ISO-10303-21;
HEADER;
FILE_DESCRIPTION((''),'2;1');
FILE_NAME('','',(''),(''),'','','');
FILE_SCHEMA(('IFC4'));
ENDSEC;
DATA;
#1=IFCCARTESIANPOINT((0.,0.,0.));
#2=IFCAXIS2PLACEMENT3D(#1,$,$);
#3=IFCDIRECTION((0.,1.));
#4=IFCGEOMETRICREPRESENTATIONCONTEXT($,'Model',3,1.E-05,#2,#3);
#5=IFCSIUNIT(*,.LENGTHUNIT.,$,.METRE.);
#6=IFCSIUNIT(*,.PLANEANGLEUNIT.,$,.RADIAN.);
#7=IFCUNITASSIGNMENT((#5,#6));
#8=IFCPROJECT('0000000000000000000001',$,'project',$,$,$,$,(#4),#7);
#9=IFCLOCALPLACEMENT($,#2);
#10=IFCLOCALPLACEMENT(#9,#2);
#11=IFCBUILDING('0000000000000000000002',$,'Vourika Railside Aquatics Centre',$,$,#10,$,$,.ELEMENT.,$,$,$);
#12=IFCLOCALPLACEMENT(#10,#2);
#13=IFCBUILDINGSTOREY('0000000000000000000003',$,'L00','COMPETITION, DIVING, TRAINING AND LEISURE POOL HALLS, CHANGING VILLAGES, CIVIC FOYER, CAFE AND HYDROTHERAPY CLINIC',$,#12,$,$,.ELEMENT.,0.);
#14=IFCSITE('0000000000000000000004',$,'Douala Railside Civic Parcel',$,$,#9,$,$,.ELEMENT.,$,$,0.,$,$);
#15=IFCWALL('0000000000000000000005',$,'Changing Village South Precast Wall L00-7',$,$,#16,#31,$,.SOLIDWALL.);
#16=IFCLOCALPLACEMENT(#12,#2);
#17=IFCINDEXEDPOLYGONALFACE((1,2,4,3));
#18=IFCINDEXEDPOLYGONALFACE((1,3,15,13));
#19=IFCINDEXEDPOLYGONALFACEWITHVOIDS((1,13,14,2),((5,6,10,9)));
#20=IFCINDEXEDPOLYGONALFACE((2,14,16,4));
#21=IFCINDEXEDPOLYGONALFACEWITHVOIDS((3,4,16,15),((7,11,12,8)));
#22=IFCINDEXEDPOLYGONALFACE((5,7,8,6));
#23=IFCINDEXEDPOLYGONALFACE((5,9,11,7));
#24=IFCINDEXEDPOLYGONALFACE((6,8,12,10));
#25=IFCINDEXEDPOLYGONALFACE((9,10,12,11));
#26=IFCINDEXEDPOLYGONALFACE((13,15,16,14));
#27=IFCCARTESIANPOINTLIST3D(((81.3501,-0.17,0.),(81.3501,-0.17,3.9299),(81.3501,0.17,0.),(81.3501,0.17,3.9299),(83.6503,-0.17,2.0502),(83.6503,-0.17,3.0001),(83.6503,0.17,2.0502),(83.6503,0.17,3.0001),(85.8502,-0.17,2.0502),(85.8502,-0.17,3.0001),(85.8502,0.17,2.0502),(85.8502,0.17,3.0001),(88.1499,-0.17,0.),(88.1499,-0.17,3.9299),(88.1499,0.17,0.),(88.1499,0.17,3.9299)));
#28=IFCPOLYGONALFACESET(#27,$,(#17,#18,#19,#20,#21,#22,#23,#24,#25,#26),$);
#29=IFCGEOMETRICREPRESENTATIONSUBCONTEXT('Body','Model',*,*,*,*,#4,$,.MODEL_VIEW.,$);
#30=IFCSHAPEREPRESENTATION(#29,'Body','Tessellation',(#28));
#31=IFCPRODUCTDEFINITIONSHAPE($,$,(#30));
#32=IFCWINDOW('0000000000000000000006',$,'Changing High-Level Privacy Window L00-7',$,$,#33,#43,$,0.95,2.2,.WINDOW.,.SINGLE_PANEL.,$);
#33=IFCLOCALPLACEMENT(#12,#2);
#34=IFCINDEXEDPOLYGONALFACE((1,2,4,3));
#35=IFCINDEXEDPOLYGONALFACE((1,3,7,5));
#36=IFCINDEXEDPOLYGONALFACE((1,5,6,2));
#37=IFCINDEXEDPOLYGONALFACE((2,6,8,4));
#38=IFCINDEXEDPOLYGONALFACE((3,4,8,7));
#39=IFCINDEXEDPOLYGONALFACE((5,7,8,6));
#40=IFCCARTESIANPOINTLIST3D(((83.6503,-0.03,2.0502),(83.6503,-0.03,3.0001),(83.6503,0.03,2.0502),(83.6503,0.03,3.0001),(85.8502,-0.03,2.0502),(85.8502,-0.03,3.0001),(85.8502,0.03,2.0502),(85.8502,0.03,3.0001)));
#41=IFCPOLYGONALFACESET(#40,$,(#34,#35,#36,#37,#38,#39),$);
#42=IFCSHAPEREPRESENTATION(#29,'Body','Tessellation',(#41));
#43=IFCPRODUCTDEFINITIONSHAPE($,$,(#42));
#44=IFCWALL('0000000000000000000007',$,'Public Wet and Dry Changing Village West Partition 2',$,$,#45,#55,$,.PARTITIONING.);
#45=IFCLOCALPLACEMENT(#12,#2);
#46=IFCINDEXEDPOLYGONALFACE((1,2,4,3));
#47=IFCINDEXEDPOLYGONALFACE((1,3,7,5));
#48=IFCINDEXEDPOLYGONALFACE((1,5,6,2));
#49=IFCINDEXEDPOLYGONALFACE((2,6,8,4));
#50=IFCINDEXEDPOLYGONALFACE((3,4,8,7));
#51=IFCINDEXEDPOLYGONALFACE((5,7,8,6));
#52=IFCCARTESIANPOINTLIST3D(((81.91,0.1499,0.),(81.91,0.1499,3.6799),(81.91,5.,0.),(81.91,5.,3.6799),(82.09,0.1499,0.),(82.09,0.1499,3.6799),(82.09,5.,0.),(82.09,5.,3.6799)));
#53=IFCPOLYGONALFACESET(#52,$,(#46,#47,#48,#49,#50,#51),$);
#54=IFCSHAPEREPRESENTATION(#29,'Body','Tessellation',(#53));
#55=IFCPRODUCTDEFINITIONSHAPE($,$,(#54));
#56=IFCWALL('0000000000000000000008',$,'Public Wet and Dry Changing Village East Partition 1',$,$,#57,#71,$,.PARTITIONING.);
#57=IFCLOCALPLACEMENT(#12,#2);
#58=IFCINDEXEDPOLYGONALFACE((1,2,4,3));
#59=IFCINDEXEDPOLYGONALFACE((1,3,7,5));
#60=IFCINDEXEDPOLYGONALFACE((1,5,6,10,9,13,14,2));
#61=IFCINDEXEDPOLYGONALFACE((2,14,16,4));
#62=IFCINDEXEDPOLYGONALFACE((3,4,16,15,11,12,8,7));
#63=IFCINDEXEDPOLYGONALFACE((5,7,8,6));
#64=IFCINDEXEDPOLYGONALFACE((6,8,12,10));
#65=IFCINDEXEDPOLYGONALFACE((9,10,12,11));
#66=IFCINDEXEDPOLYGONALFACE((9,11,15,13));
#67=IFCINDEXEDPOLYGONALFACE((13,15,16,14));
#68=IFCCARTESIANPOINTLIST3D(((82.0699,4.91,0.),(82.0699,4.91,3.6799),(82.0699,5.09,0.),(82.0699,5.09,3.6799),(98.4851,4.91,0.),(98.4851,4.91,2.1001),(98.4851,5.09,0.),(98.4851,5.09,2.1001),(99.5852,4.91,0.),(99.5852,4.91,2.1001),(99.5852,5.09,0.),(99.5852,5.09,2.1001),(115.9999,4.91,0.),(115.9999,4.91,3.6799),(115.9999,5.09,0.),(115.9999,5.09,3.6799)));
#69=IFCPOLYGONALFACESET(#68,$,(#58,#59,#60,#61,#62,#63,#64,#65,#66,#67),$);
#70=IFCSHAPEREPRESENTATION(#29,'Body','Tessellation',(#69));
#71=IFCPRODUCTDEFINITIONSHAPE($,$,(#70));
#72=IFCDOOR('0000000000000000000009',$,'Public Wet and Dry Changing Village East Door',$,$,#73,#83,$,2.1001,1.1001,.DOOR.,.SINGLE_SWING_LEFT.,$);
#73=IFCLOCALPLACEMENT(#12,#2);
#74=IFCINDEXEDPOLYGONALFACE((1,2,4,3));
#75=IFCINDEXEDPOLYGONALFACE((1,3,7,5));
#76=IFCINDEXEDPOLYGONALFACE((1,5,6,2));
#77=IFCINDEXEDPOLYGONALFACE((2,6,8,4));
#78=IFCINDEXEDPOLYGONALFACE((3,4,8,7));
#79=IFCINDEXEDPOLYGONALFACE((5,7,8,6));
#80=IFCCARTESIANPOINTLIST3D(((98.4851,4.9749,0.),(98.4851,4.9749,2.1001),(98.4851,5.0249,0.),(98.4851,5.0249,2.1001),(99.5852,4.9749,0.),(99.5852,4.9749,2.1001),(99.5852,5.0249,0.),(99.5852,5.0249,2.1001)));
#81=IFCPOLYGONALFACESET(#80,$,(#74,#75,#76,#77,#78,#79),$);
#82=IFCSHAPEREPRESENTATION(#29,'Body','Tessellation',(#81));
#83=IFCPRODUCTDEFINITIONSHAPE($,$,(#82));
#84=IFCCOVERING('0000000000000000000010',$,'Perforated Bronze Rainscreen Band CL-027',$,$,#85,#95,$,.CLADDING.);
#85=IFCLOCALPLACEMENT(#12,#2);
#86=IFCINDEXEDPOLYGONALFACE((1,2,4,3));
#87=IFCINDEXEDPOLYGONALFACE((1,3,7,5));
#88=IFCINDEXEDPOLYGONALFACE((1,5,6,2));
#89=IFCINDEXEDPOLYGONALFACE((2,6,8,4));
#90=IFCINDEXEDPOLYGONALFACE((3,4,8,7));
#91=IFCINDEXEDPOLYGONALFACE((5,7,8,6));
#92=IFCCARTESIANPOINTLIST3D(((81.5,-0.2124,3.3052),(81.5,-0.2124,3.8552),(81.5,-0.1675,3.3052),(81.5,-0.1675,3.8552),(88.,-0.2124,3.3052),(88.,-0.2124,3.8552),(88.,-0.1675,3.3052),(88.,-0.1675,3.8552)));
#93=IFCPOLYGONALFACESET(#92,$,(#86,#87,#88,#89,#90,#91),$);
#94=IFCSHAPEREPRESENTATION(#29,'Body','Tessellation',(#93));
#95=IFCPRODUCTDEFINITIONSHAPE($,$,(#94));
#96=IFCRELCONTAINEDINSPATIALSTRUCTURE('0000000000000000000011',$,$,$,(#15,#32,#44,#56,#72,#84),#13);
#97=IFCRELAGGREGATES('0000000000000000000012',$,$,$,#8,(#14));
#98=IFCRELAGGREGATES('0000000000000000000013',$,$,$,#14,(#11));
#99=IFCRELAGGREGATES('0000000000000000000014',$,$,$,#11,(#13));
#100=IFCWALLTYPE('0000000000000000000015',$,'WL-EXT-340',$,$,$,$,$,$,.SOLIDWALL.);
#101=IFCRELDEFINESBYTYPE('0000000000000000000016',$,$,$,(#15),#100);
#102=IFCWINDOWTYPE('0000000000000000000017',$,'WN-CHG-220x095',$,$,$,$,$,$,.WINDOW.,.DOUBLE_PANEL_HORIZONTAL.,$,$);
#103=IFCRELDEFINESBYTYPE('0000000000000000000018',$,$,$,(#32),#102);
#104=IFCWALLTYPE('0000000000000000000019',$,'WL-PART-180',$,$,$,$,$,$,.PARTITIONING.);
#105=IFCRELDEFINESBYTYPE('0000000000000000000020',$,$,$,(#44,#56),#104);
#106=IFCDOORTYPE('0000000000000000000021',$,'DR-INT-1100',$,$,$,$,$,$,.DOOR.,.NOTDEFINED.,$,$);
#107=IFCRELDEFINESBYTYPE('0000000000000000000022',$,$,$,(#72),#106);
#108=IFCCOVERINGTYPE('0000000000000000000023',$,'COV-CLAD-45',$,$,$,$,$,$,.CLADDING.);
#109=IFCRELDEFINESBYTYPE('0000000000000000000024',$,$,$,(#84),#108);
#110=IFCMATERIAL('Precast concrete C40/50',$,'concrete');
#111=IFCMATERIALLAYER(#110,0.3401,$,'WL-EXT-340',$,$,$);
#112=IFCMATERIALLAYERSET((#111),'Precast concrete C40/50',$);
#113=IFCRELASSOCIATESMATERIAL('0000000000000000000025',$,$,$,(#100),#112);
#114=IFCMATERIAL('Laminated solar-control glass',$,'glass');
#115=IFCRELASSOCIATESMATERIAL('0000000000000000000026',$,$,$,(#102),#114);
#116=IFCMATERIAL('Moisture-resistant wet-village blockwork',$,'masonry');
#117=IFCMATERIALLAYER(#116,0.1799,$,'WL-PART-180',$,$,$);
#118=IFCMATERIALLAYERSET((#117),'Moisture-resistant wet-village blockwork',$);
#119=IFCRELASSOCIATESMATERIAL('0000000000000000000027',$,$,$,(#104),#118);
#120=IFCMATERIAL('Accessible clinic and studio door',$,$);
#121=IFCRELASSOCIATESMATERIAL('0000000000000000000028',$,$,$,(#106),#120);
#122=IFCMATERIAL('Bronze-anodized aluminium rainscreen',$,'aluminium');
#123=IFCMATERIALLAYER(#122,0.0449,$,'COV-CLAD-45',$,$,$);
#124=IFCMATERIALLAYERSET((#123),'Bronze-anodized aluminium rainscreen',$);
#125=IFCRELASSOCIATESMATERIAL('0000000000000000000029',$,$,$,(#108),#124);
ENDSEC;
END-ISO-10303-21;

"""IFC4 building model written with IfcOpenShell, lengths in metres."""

from ifc_helpers import new_model, si_unit, direction, frame, frame_2d, origin, origin_2d, place, context, subcontext, project, spatial, rectangle, extrude, material, layer, layer_set, type_object, element, fill, save


model = new_model("IFC4")

# Units and contexts
model_context = context("Model", 3, precision=1e-05, world=origin(), true_north=direction((0.0, 1.0)))
body_context = subcontext(model_context, "Body", "Model", "MODEL_VIEW")
ifc_project = project(units=[si_unit("LENGTHUNIT", "METRE"), si_unit("PLANEANGLEUNIT", "RADIAN")], contexts=[model_context])

# Site, building, storey
site_placement = place(None, origin())
site = spatial("IfcSite", under=ifc_project, at=site_placement, Name="Douala Railside Civic Parcel", CompositionType="ELEMENT", RefElevation=0.0)
building_placement = place(site_placement, origin())
building = spatial("IfcBuilding", under=site, at=building_placement, Name="Vourika Railside Aquatics Centre", CompositionType="ELEMENT")
storey_placement = place(building_placement, origin())
storey = spatial("IfcBuildingStorey", under=building, at=storey_placement, Name="L00", Description="COMPETITION, DIVING, TRAINING AND LEISURE POOL HALLS, CHANGING VILLAGES, CIVIC FOYER, CAFE AND HYDROTHERAPY CLINIC", CompositionType="ELEMENT", Elevation=0.0)

# Wall, opening, window
ifc_material_1 = material(Name="Precast concrete C40/50", Category="concrete")
ifc_layer_1 = layer(ifc_material_1, 0.3401, Name="WL-EXT-340")
ifc_layer_set_1 = layer_set([ifc_layer_1], Name="Precast concrete C40/50")
wall_type_1 = type_object("IfcWallType", Name="WL-EXT-340", PredefinedType="SOLIDWALL", material=ifc_layer_set_1)
ifc_material_2 = material(Name="Laminated solar-control glass", Category="glass")
wall_1_placement = place(storey_placement, frame((81.3501, 0.0, 0.0), z_axis=(0.0, 0.0, 1.0), x_axis=(1.0, 0.0, 0.0)))
wall_1 = element("IfcWall", 1, at=wall_1_placement, inside=storey, type_object=wall_type_1, Name="Changing Village South Precast Wall L00-7", PredefinedType="SOLIDWALL", context=body_context, shape_type="SweptSolid", body=[
    extrude(rectangle(XDim=6.7998, YDim=0.3401, at=frame_2d((3.3999, 0.0))), origin(), (0.0, 0.0, 1.0), 3.9299),
])
opening_1_placement = place(wall_1_placement, frame((2.3, 0.0, 2.05)))
opening_1 = element("IfcOpeningElement", 2, at=opening_1_placement, cuts=wall_1, PredefinedType="OPENING", context=body_context, shape_type="SweptSolid", body=[
    extrude(rectangle(XDim=2.2, YDim=0.95, at=frame_2d((1.1001, 0.4751))), frame((0.0, 0.1802, 0.0), z_axis=(0.0, -1.0, 0.0), x_axis=(1.0, 0.0, 0.0)), (0.0, 0.0, 1.0), 0.3601),
])
window_type_1 = type_object("IfcWindowType", Name="WN-CHG-220x095", PartitioningType="DOUBLE_PANEL_HORIZONTAL", PredefinedType="WINDOW", material=ifc_material_2)
window_1_placement = place(opening_1_placement, origin())
window_1 = element("IfcWindow", 3, at=window_1_placement, inside=storey, type_object=window_type_1, Name="Changing High-Level Privacy Window L00-7", OverallHeight=0.95, OverallWidth=2.2, PartitioningType="SINGLE_PANEL", PredefinedType="WINDOW", context=body_context, shape_type="SweptSolid", body=[
    extrude(rectangle(XDim=2.2, YDim=0.95, at=frame_2d((1.1001, 0.4751))), frame((0.0, 0.03, 0.0), z_axis=(0.0, -1.0, 0.0), x_axis=(1.0, 0.0, 0.0)), (0.0, 0.0, 1.0), 0.0601),
])
fill(opening_1, window_1)

# Wall
ifc_material_3 = material(Name="Moisture-resistant wet-village blockwork", Category="masonry")
ifc_layer_2 = layer(ifc_material_3, 0.1799, Name="WL-PART-180")
ifc_layer_set_2 = layer_set([ifc_layer_2], Name="Moisture-resistant wet-village blockwork")
wall_type_2 = type_object("IfcWallType", Name="WL-PART-180", PredefinedType="PARTITIONING", material=ifc_layer_set_2)
wall_2_placement = place(storey_placement, frame((82.0, 5.0, 0.0), z_axis=(0.0, 0.0, 1.0), x_axis=(0.0, -1.0, 0.0)))
element("IfcWall", 4, at=wall_2_placement, inside=storey, type_object=wall_type_2, Name="Public Wet and Dry Changing Village West Partition 2", PredefinedType="PARTITIONING", context=body_context, shape_type="SweptSolid", body=[
    extrude(rectangle(XDim=4.8501, YDim=0.1799, at=frame_2d((2.425, 0.0))), origin(), (0.0, 0.0, 1.0), 3.6799),
])

# Wall, opening, door
wall_3_placement = place(storey_placement, frame((82.0701, 5.0, 0.0), z_axis=(0.0, 0.0, 1.0), x_axis=(1.0, 0.0, 0.0)))
wall_3 = element("IfcWall", 5, at=wall_3_placement, inside=storey, type_object=wall_type_2, Name="Public Wet and Dry Changing Village East Partition 1", PredefinedType="PARTITIONING", context=body_context, shape_type="SweptSolid", body=[
    extrude(rectangle(XDim=33.9299, YDim=0.1799, at=frame_2d((16.9648, 0.0))), origin(), (0.0, 0.0, 1.0), 3.6799),
])
opening_2_placement = place(wall_3_placement, frame((16.415, 0.0, 0.0)))
opening_2 = element("IfcOpeningElement", 6, at=opening_2_placement, cuts=wall_3, PredefinedType="OPENING", context=body_context, shape_type="SweptSolid", body=[
    extrude(rectangle(XDim=1.1001, YDim=2.1001, at=frame_2d((0.55, 1.05))), frame((0.0, 0.1001, 0.0), z_axis=(0.0, -1.0, 0.0), x_axis=(1.0, 0.0, 0.0)), (0.0, 0.0, 1.0), 0.2),
])
ifc_material_4 = material(Name="Accessible clinic and studio door")
door_type = type_object("IfcDoorType", Name="DR-INT-1100", OperationType="NOTDEFINED", PredefinedType="DOOR", material=ifc_material_4)
door_placement = place(opening_2_placement, origin())
door = element("IfcDoor", 7, at=door_placement, inside=storey, type_object=door_type, Name="Public Wet and Dry Changing Village East Door", OperationType="SINGLE_SWING_LEFT", OverallHeight=2.1001, OverallWidth=1.1001, PredefinedType="DOOR", context=body_context, shape_type="SweptSolid", body=[
    extrude(rectangle(XDim=1.1001, YDim=2.1001, at=frame_2d((0.55, 1.05))), frame((0.0, 0.0249, 0.0), z_axis=(0.0, -1.0, 0.0), x_axis=(1.0, 0.0, 0.0)), (0.0, 0.0, 1.0), 0.05),
])
fill(opening_2, door)

# Covering
ifc_material_5 = material(Name="Bronze-anodized aluminium rainscreen", Category="aluminium")
ifc_layer_3 = layer(ifc_material_5, 0.0449, Name="COV-CLAD-45")
ifc_layer_set_3 = layer_set([ifc_layer_3], Name="Bronze-anodized aluminium rainscreen")
covering_type = type_object("IfcCoveringType", Name="COV-CLAD-45", PredefinedType="CLADDING", material=ifc_layer_set_3)
covering_placement = place(storey_placement, frame((84.75, -0.1899, 3.3052), z_axis=(0.0, 0.0, 1.0), x_axis=(1.0, 0.0, 0.0)))
element("IfcCovering", 8, at=covering_placement, inside=storey, type_object=covering_type, Name="Perforated Bronze Rainscreen Band CL-027", PredefinedType="CLADDING", context=body_context, shape_type="SweptSolid", body=[
    extrude(rectangle(XDim=6.5, YDim=0.0449, at=origin_2d()), origin(), (0.0, 0.0, 1.0), 0.55),
])

save(model, "model.ifc")
